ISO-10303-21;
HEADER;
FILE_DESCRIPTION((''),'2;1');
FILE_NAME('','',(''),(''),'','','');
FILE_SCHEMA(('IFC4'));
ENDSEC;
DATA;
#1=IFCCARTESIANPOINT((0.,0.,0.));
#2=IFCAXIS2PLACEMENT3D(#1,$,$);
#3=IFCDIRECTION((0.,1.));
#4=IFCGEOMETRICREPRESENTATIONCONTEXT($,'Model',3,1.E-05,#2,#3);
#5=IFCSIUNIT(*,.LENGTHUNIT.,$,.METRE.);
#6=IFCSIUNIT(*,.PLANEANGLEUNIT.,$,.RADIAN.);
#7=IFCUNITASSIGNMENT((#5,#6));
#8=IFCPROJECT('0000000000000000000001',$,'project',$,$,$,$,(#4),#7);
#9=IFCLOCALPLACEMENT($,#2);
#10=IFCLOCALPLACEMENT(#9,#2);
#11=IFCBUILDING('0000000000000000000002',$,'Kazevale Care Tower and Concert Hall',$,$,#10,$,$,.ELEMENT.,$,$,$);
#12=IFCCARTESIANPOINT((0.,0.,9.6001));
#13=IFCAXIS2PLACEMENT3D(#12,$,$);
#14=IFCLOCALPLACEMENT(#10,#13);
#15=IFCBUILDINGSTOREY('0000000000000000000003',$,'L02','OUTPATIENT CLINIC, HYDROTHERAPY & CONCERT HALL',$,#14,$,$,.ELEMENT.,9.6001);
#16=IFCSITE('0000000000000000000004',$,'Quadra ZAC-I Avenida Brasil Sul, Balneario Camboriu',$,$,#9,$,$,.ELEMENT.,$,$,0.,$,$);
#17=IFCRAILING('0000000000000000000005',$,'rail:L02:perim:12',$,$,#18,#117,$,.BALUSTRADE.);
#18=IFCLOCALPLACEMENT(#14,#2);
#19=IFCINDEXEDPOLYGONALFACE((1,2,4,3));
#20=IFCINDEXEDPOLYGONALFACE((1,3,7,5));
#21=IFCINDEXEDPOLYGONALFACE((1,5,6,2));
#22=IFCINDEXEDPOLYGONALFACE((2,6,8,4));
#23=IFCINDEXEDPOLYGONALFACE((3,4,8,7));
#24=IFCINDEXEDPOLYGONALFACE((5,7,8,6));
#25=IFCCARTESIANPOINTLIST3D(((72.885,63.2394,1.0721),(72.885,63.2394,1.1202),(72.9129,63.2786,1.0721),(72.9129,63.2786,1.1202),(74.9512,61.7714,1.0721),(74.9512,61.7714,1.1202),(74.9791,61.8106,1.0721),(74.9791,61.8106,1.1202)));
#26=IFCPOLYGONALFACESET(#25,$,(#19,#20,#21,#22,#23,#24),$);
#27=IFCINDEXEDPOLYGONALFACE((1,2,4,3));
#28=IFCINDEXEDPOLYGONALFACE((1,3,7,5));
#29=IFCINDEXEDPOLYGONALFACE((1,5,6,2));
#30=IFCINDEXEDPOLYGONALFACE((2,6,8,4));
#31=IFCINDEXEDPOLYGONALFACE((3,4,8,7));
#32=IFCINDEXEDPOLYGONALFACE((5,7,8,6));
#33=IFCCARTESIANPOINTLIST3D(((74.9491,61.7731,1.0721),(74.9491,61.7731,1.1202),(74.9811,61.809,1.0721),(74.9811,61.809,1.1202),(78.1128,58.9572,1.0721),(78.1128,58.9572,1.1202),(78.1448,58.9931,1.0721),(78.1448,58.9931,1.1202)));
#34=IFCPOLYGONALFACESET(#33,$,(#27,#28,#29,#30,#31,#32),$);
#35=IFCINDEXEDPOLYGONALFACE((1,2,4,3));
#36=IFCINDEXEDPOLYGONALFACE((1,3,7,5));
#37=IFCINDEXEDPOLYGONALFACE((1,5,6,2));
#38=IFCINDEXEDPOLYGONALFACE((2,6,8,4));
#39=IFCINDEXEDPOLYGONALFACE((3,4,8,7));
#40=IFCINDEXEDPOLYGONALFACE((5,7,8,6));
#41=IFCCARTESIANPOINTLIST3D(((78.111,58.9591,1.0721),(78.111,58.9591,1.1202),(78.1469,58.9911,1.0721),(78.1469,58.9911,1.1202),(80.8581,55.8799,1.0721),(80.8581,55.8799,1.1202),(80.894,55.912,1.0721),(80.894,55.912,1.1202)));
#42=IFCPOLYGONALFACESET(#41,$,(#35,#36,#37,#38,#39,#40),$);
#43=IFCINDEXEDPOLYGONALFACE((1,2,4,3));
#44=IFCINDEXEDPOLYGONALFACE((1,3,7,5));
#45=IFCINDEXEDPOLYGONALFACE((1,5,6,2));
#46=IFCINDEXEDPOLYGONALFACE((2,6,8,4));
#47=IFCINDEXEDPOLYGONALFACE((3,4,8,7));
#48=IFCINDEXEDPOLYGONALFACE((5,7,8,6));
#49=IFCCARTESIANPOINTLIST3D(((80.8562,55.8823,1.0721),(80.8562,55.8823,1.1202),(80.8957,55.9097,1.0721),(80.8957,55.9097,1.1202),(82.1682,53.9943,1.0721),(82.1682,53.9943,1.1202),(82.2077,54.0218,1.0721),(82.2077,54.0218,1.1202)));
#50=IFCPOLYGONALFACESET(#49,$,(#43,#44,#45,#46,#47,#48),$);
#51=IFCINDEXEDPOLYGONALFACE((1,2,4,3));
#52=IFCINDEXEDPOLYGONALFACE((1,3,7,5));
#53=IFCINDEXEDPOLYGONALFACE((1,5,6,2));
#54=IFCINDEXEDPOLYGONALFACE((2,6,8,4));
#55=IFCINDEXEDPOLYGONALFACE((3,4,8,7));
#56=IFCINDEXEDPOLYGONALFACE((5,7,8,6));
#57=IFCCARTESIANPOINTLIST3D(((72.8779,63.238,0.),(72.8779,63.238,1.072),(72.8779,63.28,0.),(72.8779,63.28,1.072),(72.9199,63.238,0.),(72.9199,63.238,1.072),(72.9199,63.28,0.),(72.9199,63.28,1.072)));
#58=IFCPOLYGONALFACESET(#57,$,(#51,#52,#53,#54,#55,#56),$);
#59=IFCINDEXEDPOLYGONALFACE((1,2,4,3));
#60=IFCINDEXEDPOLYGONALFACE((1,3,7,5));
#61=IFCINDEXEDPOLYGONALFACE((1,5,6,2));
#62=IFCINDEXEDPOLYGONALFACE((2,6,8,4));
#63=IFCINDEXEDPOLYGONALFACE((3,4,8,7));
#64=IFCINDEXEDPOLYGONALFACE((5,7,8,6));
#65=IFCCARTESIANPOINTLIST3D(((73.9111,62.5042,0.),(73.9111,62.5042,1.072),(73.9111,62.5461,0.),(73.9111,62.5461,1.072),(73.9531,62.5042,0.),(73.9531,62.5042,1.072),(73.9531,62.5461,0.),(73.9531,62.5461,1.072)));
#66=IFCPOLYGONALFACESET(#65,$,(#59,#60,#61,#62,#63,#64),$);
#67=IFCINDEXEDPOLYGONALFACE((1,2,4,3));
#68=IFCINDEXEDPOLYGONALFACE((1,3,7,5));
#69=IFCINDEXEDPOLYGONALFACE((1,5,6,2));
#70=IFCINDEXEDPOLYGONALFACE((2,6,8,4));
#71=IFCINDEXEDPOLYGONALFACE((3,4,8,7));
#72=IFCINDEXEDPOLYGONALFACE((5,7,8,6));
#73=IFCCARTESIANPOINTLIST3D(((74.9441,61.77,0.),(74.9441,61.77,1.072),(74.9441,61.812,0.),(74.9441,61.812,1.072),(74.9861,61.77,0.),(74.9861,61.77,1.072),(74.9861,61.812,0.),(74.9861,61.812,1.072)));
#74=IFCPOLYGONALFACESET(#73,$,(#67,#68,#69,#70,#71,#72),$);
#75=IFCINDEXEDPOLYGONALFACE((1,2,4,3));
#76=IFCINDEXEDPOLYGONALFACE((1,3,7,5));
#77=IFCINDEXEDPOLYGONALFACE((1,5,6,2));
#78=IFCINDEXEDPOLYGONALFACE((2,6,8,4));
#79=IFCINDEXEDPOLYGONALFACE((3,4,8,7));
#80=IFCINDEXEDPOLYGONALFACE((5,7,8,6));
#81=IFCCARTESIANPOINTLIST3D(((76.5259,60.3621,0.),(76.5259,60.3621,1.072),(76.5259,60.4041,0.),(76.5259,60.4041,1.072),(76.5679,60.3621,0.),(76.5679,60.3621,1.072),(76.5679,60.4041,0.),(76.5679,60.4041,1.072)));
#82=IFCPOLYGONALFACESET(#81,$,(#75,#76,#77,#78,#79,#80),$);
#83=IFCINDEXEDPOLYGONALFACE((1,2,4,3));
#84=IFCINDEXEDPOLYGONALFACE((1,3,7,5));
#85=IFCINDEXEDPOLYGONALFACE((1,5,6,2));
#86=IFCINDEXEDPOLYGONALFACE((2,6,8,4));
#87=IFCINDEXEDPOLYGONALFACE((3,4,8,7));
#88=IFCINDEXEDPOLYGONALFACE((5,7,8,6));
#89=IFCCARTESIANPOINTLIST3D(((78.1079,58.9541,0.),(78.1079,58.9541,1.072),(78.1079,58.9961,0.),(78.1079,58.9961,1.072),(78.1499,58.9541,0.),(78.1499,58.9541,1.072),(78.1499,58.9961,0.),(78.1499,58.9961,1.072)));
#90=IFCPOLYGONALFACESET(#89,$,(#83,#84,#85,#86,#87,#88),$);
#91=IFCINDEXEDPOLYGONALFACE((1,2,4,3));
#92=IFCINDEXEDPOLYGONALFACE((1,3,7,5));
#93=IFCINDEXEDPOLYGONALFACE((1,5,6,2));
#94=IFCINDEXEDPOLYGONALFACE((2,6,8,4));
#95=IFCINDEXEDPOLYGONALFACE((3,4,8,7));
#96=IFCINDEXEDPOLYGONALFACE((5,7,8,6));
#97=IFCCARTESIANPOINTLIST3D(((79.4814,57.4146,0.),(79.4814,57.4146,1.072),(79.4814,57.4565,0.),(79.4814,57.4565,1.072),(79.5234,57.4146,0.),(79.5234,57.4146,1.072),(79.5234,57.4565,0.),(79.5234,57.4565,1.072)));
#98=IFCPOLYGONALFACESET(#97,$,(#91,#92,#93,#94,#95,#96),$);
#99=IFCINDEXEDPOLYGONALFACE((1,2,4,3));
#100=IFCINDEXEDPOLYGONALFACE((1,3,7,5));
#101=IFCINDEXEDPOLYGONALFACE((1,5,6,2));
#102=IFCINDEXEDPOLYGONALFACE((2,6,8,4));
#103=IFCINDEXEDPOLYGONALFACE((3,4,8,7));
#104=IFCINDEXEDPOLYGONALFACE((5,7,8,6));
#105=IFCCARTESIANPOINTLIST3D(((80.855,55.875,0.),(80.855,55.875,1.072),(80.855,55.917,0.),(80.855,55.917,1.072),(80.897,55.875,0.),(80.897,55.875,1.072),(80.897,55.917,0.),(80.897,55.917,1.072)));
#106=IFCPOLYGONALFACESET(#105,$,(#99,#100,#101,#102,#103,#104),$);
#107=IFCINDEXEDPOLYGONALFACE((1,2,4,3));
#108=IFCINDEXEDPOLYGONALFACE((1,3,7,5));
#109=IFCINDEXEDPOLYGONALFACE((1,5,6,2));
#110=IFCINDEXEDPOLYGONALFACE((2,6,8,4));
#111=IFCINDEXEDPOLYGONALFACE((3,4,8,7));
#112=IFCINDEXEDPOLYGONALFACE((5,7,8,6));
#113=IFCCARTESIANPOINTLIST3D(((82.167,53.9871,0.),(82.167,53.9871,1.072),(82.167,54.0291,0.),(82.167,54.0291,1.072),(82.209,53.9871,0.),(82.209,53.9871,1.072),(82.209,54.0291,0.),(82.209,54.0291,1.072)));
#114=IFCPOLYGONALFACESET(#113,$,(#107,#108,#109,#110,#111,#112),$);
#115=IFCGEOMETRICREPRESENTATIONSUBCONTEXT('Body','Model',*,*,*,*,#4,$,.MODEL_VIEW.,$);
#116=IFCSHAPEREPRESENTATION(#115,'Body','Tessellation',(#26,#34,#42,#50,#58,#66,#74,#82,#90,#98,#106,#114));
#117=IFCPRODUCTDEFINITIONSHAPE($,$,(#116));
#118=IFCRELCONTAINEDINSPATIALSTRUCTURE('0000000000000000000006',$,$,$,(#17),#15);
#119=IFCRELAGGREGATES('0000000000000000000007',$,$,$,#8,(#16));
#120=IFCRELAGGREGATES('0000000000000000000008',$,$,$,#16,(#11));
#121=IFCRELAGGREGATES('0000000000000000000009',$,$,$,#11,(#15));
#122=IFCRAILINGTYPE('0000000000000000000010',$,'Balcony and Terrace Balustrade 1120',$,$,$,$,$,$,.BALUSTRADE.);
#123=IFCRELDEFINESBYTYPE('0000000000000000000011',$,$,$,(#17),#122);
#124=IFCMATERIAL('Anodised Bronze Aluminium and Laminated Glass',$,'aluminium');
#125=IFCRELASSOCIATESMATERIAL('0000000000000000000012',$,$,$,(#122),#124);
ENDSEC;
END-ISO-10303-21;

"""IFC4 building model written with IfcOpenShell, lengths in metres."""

from ifc_helpers import new_model, si_unit, direction, frame, origin, origin_2d, place, context, subcontext, project, spatial, rectangle, extrude, material, type_object, element, save


model = new_model("IFC4")

# Units and contexts
model_context = context("Model", 3, precision=1e-05, world=origin(), true_north=direction((0.0, 1.0)))
body_context = subcontext(model_context, "Body", "Model", "MODEL_VIEW")
ifc_project = project(units=[si_unit("LENGTHUNIT", "METRE"), si_unit("PLANEANGLEUNIT", "RADIAN")], contexts=[model_context])

# Site, building, storey
site_placement = place(None, origin())
site = spatial("IfcSite", under=ifc_project, at=site_placement, Name="Quadra ZAC-I Avenida Brasil Sul, Balneario Camboriu", CompositionType="ELEMENT", RefElevation=0.0)
building_placement = place(site_placement, origin())
building = spatial("IfcBuilding", under=site, at=building_placement, Name="Kazevale Care Tower and Concert Hall", CompositionType="ELEMENT")
storey_placement = place(building_placement, frame((0.0, 0.0, 9.6001)))
storey = spatial("IfcBuildingStorey", under=building, at=storey_placement, Name="L02", Description="OUTPATIENT CLINIC, HYDROTHERAPY & CONCERT HALL", CompositionType="ELEMENT", Elevation=9.6001)

# Railing
ifc_material_1 = material(Name="Anodised Bronze Aluminium and Laminated Glass", Category="aluminium")
railing_type = type_object("IfcRailingType", Name="Balcony and Terrace Balustrade 1120", PredefinedType="BALUSTRADE", material=ifc_material_1)
railing_placement = place(storey_placement, frame((72.8989, 63.259, 0.0)))
element("IfcRailing", 1, at=railing_placement, inside=storey, type_object=railing_type, Name="rail:L02:perim:12", PredefinedType="BALUSTRADE", context=body_context, shape_type="SweptSolid", body=[
    extrude(rectangle(XDim=0.0481, YDim=0.0481, at=origin_2d()), frame((0.0, 0.0, 1.0962), z_axis=(0.815189, -0.579195, 0.0), x_axis=(0.579195, 0.815189, 0.0)), (0.0, 0.0, 1.0), 2.5347),
    extrude(rectangle(XDim=0.0481, YDim=0.0481, at=origin_2d()), frame((2.0662, -1.468, 1.0962), z_axis=(0.746983, -0.664843, 0.0), x_axis=(0.664843, 0.746983, 0.0)), (0.0, 0.0, 1.0), 4.2354),
    extrude(rectangle(XDim=0.0481, YDim=0.0481, at=origin_2d()), frame((5.23, -4.2839, 1.0962), z_axis=(0.665729, -0.746194, 0.0), x_axis=(0.746194, 0.665729, 0.0)), (0.0, 0.0, 1.0), 4.1265),
    extrude(rectangle(XDim=0.0481, YDim=0.0481, at=origin_2d()), frame((7.9771, -7.363, 1.0962), z_axis=(0.570672, -0.821178, 0.0), x_axis=(0.821178, 0.570672, 0.0)), (0.0, 0.0, 1.0), 2.2991),
    extrude(rectangle(XDim=0.042, YDim=0.042, at=origin_2d()), origin(), (0.0, 0.0, 1.0), 1.072),
    extrude(rectangle(XDim=0.042, YDim=0.042, at=origin_2d()), frame((1.0332, -0.7339, 0.0)), (0.0, 0.0, 1.0), 1.072),
    extrude(rectangle(XDim=0.042, YDim=0.042, at=origin_2d()), frame((2.0662, -1.468, 0.0)), (0.0, 0.0, 1.0), 1.072),
    extrude(rectangle(XDim=0.042, YDim=0.042, at=origin_2d()), frame((3.6479, -2.876, 0.0)), (0.0, 0.0, 1.0), 1.072),
    extrude(rectangle(XDim=0.042, YDim=0.042, at=origin_2d()), frame((5.23, -4.2839, 0.0)), (0.0, 0.0, 1.0), 1.072),
    extrude(rectangle(XDim=0.042, YDim=0.042, at=origin_2d()), frame((6.6035, -5.8235, 0.0)), (0.0, 0.0, 1.0), 1.072),
    extrude(rectangle(XDim=0.042, YDim=0.042, at=origin_2d()), frame((7.9771, -7.363, 0.0)), (0.0, 0.0, 1.0), 1.072),
    extrude(rectangle(XDim=0.042, YDim=0.042, at=origin_2d()), frame((9.2891, -9.251, 0.0)), (0.0, 0.0, 1.0), 1.072),
])

save(model, "model.ifc")
